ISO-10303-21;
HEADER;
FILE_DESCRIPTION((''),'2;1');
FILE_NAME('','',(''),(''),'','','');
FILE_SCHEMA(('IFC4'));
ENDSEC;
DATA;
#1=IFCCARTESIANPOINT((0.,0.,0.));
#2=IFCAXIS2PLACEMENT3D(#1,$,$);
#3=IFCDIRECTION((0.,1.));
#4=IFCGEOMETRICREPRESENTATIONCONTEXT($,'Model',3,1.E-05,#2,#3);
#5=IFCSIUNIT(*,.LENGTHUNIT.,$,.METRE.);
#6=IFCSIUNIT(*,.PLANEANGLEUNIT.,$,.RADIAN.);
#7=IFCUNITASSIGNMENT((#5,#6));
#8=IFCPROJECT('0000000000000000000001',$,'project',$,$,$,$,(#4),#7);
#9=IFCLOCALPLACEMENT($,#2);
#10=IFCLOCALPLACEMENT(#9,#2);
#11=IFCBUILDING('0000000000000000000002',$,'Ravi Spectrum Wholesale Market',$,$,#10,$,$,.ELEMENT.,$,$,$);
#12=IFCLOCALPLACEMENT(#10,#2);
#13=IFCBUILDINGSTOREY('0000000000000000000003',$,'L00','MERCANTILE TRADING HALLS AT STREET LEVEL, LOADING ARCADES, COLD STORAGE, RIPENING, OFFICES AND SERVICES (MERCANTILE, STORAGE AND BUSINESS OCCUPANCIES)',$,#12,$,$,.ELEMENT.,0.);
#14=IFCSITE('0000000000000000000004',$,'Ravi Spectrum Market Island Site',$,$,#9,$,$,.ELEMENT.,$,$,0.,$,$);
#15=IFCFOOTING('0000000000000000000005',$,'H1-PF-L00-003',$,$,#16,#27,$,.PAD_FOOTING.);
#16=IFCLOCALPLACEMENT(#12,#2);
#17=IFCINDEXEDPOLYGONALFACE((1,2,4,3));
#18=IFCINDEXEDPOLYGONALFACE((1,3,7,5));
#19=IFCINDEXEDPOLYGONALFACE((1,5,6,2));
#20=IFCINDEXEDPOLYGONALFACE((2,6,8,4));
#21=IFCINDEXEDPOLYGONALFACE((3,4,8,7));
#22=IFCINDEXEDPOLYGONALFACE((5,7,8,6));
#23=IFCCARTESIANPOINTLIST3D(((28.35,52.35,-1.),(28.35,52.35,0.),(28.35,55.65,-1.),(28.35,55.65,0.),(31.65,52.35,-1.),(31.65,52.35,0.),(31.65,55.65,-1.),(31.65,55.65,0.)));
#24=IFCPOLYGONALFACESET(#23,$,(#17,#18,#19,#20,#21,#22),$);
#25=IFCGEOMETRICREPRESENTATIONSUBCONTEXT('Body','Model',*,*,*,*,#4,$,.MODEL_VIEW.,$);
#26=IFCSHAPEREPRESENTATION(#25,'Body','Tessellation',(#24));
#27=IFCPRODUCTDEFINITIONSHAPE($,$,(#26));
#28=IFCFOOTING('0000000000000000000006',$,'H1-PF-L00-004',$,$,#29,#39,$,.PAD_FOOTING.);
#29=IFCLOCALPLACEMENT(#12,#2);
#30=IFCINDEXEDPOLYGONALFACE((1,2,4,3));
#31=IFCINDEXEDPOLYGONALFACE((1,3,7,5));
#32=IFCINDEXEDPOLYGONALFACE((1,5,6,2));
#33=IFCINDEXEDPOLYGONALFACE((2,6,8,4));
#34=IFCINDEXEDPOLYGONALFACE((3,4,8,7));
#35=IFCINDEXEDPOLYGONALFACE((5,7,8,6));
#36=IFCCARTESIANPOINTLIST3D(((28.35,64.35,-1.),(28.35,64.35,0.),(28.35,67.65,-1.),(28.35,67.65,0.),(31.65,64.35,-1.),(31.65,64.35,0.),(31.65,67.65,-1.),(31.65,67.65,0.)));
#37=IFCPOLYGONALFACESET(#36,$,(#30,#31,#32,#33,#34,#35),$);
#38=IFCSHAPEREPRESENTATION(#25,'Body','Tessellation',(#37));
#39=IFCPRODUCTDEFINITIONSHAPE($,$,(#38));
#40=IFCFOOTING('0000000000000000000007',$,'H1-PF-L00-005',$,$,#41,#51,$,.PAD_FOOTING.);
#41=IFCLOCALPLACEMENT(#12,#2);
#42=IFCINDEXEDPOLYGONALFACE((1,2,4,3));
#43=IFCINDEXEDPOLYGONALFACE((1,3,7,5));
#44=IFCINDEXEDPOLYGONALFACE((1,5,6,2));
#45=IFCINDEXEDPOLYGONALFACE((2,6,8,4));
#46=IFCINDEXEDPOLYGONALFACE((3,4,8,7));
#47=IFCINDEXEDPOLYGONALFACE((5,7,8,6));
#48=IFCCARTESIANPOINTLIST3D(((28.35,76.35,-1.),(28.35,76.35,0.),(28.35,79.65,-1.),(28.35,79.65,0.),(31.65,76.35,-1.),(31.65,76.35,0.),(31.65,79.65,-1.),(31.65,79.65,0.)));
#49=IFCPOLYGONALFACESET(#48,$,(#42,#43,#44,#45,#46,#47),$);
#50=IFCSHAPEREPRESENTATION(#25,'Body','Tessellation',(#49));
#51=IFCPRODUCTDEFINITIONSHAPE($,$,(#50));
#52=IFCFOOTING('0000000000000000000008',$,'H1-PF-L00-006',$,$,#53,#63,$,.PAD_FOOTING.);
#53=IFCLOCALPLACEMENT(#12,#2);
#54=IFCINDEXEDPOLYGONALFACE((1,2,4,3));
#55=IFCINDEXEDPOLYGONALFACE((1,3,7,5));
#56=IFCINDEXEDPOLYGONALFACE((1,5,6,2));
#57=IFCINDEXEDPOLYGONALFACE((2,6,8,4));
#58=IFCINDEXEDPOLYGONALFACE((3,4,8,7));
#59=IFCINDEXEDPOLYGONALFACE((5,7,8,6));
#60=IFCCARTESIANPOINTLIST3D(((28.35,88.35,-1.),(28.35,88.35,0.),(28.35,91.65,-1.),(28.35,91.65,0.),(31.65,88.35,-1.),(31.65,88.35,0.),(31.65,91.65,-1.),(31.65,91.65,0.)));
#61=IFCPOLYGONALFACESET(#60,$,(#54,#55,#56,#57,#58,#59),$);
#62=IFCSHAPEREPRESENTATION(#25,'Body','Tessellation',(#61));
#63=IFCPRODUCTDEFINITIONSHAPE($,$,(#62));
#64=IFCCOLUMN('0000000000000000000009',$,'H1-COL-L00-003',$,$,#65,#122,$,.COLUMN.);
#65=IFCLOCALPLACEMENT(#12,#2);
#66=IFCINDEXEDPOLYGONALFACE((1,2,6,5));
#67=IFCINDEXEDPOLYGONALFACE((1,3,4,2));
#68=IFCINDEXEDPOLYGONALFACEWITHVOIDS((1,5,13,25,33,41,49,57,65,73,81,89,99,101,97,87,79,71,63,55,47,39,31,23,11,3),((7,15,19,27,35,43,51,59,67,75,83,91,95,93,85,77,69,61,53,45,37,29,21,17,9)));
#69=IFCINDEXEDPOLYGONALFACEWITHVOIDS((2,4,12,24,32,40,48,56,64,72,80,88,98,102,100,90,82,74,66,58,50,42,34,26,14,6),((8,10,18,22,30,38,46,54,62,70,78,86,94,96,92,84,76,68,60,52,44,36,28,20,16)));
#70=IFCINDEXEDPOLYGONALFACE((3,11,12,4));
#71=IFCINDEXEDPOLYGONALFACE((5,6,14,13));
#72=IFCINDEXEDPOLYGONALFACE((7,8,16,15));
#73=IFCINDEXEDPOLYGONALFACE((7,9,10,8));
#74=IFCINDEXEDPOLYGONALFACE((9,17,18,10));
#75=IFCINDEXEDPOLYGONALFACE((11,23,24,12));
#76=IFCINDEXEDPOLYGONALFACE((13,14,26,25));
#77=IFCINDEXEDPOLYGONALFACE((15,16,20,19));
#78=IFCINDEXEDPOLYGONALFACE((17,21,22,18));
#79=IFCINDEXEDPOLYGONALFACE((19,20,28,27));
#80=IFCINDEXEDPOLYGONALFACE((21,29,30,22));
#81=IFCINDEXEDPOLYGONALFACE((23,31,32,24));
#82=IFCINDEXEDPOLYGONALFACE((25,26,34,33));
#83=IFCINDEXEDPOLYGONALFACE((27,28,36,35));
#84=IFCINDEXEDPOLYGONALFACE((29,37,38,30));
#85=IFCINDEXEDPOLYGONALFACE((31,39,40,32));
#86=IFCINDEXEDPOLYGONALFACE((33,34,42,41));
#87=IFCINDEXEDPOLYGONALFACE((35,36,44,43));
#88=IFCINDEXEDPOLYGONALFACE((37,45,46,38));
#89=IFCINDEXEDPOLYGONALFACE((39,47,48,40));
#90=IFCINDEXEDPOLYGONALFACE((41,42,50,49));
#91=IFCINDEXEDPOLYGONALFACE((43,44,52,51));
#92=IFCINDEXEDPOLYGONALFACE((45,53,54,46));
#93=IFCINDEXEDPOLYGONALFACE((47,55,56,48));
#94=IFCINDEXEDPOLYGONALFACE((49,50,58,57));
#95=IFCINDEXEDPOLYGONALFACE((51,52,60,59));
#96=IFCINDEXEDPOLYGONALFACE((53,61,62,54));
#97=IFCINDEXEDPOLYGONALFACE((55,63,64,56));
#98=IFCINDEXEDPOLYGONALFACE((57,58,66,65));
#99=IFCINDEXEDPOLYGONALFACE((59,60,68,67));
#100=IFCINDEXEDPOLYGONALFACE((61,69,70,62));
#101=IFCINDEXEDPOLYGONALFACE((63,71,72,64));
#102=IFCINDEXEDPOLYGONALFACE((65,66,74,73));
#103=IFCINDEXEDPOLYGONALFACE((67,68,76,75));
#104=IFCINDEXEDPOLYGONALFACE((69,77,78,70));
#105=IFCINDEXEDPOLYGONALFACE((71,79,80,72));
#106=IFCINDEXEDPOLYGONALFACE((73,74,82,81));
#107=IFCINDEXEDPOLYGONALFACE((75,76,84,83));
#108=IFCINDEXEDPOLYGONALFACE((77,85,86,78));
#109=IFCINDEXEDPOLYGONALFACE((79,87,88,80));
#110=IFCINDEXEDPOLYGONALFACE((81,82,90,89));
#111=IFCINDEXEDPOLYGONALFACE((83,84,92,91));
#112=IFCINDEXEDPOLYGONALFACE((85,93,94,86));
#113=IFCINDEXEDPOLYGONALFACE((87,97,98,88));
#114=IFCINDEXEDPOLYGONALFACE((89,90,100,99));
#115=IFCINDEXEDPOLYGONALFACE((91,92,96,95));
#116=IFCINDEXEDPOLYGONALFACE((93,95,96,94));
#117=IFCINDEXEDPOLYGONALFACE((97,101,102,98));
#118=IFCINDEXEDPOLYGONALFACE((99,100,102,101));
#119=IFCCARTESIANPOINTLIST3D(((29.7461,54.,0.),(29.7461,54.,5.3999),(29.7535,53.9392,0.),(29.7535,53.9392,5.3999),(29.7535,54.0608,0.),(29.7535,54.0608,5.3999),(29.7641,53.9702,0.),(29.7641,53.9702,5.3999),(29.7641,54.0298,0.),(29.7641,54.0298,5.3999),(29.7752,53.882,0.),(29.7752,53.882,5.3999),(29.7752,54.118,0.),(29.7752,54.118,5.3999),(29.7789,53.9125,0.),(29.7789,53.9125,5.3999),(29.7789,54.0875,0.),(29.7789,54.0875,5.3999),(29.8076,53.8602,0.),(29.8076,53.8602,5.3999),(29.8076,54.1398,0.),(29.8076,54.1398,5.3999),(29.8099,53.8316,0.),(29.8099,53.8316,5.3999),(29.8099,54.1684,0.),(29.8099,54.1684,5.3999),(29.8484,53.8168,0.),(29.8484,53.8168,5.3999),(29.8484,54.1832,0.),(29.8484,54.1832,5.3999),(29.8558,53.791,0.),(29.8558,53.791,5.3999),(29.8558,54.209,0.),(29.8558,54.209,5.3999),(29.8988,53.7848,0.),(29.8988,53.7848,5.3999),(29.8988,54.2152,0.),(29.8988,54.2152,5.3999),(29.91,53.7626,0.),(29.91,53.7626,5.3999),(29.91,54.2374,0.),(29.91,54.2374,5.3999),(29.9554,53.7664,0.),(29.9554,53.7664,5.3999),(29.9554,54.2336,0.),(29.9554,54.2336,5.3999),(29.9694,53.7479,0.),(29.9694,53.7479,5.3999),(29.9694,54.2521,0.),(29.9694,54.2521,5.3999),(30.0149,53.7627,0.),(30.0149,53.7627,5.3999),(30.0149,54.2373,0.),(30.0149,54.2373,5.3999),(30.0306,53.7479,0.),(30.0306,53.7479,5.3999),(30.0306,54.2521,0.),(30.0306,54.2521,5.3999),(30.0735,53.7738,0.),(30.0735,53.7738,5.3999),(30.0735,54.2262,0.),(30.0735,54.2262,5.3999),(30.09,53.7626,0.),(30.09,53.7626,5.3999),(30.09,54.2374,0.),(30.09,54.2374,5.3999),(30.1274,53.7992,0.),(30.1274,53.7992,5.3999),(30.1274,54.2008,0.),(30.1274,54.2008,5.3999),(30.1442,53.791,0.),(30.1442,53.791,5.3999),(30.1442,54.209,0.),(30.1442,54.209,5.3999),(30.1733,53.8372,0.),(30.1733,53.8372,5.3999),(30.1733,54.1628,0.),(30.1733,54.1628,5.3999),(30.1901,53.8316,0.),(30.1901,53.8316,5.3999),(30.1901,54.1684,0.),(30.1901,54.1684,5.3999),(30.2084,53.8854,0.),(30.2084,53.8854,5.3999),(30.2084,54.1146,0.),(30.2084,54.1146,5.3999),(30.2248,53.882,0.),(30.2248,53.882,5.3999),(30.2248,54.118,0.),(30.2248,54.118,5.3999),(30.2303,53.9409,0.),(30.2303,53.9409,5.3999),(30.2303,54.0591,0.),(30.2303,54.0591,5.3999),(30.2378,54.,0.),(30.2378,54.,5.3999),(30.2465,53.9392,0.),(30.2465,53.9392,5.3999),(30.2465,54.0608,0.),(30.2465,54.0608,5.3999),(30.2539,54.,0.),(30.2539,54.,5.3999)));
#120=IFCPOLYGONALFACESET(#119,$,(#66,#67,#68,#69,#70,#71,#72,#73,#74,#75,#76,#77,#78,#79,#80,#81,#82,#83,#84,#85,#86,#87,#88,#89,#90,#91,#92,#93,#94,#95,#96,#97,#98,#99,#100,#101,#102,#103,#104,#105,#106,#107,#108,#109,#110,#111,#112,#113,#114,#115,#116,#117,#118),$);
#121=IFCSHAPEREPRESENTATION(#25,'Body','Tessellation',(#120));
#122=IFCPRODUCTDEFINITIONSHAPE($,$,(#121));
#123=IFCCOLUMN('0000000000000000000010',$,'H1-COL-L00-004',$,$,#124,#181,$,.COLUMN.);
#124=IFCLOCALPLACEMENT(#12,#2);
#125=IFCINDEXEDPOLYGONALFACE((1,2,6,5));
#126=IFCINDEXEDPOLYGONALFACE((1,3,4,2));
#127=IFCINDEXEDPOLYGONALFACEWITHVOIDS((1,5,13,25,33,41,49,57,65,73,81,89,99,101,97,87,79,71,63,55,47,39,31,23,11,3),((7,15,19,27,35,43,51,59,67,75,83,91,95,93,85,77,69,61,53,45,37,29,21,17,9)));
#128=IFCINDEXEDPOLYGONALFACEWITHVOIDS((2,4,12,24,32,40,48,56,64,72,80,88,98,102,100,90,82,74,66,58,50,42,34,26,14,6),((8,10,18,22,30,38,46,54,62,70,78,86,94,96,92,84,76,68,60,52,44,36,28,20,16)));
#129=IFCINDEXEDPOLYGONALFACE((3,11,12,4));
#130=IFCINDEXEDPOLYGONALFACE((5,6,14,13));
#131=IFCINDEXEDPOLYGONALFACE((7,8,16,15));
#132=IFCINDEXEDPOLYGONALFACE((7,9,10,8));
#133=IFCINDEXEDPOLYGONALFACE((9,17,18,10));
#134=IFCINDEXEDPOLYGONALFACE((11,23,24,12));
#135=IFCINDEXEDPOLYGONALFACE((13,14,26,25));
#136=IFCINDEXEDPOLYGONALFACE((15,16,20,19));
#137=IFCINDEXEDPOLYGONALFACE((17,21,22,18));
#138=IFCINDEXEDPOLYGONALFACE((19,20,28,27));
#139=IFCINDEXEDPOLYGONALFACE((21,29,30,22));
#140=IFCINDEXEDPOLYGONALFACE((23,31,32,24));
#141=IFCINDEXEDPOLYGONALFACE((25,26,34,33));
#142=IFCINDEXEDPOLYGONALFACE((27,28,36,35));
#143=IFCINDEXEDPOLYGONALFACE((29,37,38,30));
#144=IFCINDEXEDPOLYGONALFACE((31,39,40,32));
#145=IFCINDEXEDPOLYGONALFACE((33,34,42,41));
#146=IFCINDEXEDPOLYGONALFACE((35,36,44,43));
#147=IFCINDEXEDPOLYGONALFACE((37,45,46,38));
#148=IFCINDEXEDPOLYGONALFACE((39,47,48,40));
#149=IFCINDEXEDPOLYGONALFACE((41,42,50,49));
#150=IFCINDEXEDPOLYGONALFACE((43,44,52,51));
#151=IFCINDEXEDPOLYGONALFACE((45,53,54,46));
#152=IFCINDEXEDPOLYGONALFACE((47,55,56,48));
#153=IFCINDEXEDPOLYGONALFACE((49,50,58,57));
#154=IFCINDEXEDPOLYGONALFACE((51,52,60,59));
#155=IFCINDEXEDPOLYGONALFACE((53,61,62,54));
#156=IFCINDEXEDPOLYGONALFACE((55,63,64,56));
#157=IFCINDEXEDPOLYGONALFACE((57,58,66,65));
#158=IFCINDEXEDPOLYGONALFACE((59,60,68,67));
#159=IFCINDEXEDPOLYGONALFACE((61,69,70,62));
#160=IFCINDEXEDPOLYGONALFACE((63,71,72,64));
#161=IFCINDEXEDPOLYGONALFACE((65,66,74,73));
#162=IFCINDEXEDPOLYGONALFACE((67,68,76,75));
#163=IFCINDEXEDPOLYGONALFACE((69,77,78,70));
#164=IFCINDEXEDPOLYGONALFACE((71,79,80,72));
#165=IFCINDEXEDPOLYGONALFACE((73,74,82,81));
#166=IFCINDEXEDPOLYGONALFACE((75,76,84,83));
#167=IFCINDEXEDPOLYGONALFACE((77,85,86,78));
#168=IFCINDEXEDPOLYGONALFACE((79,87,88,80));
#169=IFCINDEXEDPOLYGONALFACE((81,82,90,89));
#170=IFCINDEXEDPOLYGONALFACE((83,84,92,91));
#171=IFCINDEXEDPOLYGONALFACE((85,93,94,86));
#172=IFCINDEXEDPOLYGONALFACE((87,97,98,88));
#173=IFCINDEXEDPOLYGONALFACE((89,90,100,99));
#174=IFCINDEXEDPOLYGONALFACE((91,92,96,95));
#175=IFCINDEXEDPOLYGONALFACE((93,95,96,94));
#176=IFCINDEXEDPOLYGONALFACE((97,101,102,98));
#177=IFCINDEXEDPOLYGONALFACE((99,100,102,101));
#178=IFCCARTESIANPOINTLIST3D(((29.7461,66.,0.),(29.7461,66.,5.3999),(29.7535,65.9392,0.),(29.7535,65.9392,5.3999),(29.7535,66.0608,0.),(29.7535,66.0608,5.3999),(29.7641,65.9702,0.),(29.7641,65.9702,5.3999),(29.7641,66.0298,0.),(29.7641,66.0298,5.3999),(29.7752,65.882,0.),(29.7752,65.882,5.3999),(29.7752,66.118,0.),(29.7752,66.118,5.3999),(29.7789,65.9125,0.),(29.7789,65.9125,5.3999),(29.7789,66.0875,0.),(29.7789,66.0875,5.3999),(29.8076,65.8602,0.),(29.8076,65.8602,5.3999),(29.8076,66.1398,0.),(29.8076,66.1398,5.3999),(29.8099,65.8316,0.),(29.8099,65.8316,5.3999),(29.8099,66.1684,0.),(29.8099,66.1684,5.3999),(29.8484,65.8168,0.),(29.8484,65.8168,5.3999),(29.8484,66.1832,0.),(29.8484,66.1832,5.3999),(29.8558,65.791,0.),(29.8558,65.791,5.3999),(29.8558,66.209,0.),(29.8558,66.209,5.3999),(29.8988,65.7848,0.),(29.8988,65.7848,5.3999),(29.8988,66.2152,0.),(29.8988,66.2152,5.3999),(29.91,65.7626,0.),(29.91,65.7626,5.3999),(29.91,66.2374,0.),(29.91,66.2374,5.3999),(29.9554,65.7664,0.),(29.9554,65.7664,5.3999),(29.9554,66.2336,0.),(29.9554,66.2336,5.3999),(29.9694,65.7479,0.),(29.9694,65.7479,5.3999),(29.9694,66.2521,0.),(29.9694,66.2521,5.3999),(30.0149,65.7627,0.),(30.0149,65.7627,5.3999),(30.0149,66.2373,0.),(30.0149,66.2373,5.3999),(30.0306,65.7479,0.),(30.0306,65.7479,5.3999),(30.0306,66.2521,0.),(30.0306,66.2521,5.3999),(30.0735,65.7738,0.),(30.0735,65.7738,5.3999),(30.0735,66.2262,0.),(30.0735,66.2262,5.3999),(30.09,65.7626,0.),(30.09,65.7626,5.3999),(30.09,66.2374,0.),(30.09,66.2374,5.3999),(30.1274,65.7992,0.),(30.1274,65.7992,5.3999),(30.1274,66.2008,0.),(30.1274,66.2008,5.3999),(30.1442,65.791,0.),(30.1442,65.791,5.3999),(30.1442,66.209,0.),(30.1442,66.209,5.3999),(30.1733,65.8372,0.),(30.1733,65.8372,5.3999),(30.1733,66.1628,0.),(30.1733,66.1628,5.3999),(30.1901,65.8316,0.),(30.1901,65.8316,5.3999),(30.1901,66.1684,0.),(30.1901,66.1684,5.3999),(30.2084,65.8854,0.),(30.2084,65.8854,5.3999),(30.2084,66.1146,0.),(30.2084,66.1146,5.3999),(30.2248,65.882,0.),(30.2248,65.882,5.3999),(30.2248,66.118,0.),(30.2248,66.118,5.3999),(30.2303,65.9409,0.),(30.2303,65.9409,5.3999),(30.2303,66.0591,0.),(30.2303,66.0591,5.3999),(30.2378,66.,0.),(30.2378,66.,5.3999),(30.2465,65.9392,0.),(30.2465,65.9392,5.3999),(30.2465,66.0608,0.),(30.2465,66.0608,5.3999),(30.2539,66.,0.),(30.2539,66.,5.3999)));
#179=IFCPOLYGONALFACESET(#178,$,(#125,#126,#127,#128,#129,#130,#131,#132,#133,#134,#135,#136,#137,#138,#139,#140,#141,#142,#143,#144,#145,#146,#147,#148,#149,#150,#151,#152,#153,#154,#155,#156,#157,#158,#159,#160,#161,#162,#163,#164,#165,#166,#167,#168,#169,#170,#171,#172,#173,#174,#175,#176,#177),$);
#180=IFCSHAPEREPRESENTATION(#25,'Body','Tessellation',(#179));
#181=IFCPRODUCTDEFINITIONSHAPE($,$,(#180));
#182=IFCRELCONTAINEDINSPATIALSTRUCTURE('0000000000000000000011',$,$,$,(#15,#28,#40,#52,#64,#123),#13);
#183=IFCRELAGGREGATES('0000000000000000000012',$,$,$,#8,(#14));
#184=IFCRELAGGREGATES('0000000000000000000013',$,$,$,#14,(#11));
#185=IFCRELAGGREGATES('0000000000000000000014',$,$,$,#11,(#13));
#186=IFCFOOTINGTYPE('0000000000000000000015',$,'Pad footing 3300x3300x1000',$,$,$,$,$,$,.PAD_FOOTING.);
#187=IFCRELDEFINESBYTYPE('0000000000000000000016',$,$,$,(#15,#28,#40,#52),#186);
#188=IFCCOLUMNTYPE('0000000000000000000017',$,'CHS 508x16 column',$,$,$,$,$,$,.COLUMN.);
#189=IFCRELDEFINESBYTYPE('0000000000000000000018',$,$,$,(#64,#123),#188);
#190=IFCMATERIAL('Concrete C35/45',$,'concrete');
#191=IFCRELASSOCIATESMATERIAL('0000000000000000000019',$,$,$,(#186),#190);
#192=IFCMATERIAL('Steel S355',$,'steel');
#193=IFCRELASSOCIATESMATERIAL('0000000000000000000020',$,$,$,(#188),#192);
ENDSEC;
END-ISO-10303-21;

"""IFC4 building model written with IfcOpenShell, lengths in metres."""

from ifc_helpers import new_model, si_unit, direction, frame, origin, origin_2d, place, context, subcontext, project, spatial, rectangle, hollow_circle, extrude, material, material_profile, profile_set, type_object, element, save


model = new_model("IFC4")

# Units and contexts
model_context = context("Model", 3, precision=1e-05, world=origin(), true_north=direction((0.0, 1.0)))
body_context = subcontext(model_context, "Body", "Model", "MODEL_VIEW")
ifc_project = project(units=[si_unit("LENGTHUNIT", "METRE"), si_unit("PLANEANGLEUNIT", "RADIAN")], contexts=[model_context])

# Site, building, storey
site_placement = place(None, origin())
site = spatial("IfcSite", under=ifc_project, at=site_placement, Name="Ravi Spectrum Market Island Site", CompositionType="ELEMENT", RefElevation=0.0)
building_placement = place(site_placement, origin())
building = spatial("IfcBuilding", under=site, at=building_placement, Name="Ravi Spectrum Wholesale Market", CompositionType="ELEMENT")
storey_placement = place(building_placement, origin())
storey = spatial("IfcBuildingStorey", under=building, at=storey_placement, Name="L00", Description="MERCANTILE TRADING HALLS AT STREET LEVEL, LOADING ARCADES, COLD STORAGE, RIPENING, OFFICES AND SERVICES (MERCANTILE, STORAGE AND BUSINESS OCCUPANCIES)", CompositionType="ELEMENT", Elevation=0.0)

# Footings
ifc_material_1 = material(Name="Concrete C35/45", Category="concrete")
footing_type = type_object("IfcFootingType", Name="Pad footing 3300x3300x1000", PredefinedType="PAD_FOOTING", material=ifc_material_1)
for number, where, z_axis, x_axis, name in (
    (1, (30.0, 54.0, -1.0), (0.0, 0.0, 1.0), (1.0, 0.0, 0.0), "H1-PF-L00-003"),
    (2, (30.0, 66.0, -1.0), (0.0, 0.0, 1.0), (1.0, 0.0, 0.0), "H1-PF-L00-004"),
    (3, (30.0, 78.0, -1.0), (0.0, 0.0, 1.0), (1.0, 0.0, 0.0), "H1-PF-L00-005"),
    (4, (30.0, 90.0, -1.0), (0.0, 0.0, 1.0), (1.0, 0.0, 0.0), "H1-PF-L00-006"),
):
    element("IfcFooting", number, at=place(storey_placement, frame(where, z_axis=z_axis, x_axis=x_axis)), inside=storey, type_object=footing_type, Name=name, PredefinedType="PAD_FOOTING", context=body_context, shape_type="SweptSolid", body=[
        extrude(rectangle(XDim=3.3, YDim=3.3, at=origin_2d()), origin(), (0.0, 0.0, 1.0), 1.0),
    ])

# Columns
ifc_material_2 = material(Name="Steel S355", Category="steel")
ifc_material_profile = material_profile(ifc_material_2, hollow_circle(Radius=0.2539, WallThickness=0.0161, at=origin_2d()))
ifc_profile_set = profile_set([ifc_material_profile], Name="Steel S355")
column_type = type_object("IfcColumnType", Name="CHS 508x16 column", PredefinedType="COLUMN", material=ifc_profile_set)
for number, where, z_axis, x_axis, name in (
    (5, (30.0, 54.0, 0.0), (0.0, 0.0, 1.0), (1.0, 0.0, 0.0), "H1-COL-L00-003"),
    (6, (30.0, 66.0, 0.0), (0.0, 0.0, 1.0), (1.0, 0.0, 0.0), "H1-COL-L00-004"),
):
    element("IfcColumn", number, at=place(storey_placement, frame(where, z_axis=z_axis, x_axis=x_axis)), inside=storey, type_object=column_type, Name=name, PredefinedType="COLUMN", context=body_context, shape_type="SweptSolid", body=[
        extrude(hollow_circle(Radius=0.2539, WallThickness=0.0161, at=origin_2d()), origin(), (0.0, 0.0, 1.0), 5.3999),
    ])

save(model, "model.ifc")
